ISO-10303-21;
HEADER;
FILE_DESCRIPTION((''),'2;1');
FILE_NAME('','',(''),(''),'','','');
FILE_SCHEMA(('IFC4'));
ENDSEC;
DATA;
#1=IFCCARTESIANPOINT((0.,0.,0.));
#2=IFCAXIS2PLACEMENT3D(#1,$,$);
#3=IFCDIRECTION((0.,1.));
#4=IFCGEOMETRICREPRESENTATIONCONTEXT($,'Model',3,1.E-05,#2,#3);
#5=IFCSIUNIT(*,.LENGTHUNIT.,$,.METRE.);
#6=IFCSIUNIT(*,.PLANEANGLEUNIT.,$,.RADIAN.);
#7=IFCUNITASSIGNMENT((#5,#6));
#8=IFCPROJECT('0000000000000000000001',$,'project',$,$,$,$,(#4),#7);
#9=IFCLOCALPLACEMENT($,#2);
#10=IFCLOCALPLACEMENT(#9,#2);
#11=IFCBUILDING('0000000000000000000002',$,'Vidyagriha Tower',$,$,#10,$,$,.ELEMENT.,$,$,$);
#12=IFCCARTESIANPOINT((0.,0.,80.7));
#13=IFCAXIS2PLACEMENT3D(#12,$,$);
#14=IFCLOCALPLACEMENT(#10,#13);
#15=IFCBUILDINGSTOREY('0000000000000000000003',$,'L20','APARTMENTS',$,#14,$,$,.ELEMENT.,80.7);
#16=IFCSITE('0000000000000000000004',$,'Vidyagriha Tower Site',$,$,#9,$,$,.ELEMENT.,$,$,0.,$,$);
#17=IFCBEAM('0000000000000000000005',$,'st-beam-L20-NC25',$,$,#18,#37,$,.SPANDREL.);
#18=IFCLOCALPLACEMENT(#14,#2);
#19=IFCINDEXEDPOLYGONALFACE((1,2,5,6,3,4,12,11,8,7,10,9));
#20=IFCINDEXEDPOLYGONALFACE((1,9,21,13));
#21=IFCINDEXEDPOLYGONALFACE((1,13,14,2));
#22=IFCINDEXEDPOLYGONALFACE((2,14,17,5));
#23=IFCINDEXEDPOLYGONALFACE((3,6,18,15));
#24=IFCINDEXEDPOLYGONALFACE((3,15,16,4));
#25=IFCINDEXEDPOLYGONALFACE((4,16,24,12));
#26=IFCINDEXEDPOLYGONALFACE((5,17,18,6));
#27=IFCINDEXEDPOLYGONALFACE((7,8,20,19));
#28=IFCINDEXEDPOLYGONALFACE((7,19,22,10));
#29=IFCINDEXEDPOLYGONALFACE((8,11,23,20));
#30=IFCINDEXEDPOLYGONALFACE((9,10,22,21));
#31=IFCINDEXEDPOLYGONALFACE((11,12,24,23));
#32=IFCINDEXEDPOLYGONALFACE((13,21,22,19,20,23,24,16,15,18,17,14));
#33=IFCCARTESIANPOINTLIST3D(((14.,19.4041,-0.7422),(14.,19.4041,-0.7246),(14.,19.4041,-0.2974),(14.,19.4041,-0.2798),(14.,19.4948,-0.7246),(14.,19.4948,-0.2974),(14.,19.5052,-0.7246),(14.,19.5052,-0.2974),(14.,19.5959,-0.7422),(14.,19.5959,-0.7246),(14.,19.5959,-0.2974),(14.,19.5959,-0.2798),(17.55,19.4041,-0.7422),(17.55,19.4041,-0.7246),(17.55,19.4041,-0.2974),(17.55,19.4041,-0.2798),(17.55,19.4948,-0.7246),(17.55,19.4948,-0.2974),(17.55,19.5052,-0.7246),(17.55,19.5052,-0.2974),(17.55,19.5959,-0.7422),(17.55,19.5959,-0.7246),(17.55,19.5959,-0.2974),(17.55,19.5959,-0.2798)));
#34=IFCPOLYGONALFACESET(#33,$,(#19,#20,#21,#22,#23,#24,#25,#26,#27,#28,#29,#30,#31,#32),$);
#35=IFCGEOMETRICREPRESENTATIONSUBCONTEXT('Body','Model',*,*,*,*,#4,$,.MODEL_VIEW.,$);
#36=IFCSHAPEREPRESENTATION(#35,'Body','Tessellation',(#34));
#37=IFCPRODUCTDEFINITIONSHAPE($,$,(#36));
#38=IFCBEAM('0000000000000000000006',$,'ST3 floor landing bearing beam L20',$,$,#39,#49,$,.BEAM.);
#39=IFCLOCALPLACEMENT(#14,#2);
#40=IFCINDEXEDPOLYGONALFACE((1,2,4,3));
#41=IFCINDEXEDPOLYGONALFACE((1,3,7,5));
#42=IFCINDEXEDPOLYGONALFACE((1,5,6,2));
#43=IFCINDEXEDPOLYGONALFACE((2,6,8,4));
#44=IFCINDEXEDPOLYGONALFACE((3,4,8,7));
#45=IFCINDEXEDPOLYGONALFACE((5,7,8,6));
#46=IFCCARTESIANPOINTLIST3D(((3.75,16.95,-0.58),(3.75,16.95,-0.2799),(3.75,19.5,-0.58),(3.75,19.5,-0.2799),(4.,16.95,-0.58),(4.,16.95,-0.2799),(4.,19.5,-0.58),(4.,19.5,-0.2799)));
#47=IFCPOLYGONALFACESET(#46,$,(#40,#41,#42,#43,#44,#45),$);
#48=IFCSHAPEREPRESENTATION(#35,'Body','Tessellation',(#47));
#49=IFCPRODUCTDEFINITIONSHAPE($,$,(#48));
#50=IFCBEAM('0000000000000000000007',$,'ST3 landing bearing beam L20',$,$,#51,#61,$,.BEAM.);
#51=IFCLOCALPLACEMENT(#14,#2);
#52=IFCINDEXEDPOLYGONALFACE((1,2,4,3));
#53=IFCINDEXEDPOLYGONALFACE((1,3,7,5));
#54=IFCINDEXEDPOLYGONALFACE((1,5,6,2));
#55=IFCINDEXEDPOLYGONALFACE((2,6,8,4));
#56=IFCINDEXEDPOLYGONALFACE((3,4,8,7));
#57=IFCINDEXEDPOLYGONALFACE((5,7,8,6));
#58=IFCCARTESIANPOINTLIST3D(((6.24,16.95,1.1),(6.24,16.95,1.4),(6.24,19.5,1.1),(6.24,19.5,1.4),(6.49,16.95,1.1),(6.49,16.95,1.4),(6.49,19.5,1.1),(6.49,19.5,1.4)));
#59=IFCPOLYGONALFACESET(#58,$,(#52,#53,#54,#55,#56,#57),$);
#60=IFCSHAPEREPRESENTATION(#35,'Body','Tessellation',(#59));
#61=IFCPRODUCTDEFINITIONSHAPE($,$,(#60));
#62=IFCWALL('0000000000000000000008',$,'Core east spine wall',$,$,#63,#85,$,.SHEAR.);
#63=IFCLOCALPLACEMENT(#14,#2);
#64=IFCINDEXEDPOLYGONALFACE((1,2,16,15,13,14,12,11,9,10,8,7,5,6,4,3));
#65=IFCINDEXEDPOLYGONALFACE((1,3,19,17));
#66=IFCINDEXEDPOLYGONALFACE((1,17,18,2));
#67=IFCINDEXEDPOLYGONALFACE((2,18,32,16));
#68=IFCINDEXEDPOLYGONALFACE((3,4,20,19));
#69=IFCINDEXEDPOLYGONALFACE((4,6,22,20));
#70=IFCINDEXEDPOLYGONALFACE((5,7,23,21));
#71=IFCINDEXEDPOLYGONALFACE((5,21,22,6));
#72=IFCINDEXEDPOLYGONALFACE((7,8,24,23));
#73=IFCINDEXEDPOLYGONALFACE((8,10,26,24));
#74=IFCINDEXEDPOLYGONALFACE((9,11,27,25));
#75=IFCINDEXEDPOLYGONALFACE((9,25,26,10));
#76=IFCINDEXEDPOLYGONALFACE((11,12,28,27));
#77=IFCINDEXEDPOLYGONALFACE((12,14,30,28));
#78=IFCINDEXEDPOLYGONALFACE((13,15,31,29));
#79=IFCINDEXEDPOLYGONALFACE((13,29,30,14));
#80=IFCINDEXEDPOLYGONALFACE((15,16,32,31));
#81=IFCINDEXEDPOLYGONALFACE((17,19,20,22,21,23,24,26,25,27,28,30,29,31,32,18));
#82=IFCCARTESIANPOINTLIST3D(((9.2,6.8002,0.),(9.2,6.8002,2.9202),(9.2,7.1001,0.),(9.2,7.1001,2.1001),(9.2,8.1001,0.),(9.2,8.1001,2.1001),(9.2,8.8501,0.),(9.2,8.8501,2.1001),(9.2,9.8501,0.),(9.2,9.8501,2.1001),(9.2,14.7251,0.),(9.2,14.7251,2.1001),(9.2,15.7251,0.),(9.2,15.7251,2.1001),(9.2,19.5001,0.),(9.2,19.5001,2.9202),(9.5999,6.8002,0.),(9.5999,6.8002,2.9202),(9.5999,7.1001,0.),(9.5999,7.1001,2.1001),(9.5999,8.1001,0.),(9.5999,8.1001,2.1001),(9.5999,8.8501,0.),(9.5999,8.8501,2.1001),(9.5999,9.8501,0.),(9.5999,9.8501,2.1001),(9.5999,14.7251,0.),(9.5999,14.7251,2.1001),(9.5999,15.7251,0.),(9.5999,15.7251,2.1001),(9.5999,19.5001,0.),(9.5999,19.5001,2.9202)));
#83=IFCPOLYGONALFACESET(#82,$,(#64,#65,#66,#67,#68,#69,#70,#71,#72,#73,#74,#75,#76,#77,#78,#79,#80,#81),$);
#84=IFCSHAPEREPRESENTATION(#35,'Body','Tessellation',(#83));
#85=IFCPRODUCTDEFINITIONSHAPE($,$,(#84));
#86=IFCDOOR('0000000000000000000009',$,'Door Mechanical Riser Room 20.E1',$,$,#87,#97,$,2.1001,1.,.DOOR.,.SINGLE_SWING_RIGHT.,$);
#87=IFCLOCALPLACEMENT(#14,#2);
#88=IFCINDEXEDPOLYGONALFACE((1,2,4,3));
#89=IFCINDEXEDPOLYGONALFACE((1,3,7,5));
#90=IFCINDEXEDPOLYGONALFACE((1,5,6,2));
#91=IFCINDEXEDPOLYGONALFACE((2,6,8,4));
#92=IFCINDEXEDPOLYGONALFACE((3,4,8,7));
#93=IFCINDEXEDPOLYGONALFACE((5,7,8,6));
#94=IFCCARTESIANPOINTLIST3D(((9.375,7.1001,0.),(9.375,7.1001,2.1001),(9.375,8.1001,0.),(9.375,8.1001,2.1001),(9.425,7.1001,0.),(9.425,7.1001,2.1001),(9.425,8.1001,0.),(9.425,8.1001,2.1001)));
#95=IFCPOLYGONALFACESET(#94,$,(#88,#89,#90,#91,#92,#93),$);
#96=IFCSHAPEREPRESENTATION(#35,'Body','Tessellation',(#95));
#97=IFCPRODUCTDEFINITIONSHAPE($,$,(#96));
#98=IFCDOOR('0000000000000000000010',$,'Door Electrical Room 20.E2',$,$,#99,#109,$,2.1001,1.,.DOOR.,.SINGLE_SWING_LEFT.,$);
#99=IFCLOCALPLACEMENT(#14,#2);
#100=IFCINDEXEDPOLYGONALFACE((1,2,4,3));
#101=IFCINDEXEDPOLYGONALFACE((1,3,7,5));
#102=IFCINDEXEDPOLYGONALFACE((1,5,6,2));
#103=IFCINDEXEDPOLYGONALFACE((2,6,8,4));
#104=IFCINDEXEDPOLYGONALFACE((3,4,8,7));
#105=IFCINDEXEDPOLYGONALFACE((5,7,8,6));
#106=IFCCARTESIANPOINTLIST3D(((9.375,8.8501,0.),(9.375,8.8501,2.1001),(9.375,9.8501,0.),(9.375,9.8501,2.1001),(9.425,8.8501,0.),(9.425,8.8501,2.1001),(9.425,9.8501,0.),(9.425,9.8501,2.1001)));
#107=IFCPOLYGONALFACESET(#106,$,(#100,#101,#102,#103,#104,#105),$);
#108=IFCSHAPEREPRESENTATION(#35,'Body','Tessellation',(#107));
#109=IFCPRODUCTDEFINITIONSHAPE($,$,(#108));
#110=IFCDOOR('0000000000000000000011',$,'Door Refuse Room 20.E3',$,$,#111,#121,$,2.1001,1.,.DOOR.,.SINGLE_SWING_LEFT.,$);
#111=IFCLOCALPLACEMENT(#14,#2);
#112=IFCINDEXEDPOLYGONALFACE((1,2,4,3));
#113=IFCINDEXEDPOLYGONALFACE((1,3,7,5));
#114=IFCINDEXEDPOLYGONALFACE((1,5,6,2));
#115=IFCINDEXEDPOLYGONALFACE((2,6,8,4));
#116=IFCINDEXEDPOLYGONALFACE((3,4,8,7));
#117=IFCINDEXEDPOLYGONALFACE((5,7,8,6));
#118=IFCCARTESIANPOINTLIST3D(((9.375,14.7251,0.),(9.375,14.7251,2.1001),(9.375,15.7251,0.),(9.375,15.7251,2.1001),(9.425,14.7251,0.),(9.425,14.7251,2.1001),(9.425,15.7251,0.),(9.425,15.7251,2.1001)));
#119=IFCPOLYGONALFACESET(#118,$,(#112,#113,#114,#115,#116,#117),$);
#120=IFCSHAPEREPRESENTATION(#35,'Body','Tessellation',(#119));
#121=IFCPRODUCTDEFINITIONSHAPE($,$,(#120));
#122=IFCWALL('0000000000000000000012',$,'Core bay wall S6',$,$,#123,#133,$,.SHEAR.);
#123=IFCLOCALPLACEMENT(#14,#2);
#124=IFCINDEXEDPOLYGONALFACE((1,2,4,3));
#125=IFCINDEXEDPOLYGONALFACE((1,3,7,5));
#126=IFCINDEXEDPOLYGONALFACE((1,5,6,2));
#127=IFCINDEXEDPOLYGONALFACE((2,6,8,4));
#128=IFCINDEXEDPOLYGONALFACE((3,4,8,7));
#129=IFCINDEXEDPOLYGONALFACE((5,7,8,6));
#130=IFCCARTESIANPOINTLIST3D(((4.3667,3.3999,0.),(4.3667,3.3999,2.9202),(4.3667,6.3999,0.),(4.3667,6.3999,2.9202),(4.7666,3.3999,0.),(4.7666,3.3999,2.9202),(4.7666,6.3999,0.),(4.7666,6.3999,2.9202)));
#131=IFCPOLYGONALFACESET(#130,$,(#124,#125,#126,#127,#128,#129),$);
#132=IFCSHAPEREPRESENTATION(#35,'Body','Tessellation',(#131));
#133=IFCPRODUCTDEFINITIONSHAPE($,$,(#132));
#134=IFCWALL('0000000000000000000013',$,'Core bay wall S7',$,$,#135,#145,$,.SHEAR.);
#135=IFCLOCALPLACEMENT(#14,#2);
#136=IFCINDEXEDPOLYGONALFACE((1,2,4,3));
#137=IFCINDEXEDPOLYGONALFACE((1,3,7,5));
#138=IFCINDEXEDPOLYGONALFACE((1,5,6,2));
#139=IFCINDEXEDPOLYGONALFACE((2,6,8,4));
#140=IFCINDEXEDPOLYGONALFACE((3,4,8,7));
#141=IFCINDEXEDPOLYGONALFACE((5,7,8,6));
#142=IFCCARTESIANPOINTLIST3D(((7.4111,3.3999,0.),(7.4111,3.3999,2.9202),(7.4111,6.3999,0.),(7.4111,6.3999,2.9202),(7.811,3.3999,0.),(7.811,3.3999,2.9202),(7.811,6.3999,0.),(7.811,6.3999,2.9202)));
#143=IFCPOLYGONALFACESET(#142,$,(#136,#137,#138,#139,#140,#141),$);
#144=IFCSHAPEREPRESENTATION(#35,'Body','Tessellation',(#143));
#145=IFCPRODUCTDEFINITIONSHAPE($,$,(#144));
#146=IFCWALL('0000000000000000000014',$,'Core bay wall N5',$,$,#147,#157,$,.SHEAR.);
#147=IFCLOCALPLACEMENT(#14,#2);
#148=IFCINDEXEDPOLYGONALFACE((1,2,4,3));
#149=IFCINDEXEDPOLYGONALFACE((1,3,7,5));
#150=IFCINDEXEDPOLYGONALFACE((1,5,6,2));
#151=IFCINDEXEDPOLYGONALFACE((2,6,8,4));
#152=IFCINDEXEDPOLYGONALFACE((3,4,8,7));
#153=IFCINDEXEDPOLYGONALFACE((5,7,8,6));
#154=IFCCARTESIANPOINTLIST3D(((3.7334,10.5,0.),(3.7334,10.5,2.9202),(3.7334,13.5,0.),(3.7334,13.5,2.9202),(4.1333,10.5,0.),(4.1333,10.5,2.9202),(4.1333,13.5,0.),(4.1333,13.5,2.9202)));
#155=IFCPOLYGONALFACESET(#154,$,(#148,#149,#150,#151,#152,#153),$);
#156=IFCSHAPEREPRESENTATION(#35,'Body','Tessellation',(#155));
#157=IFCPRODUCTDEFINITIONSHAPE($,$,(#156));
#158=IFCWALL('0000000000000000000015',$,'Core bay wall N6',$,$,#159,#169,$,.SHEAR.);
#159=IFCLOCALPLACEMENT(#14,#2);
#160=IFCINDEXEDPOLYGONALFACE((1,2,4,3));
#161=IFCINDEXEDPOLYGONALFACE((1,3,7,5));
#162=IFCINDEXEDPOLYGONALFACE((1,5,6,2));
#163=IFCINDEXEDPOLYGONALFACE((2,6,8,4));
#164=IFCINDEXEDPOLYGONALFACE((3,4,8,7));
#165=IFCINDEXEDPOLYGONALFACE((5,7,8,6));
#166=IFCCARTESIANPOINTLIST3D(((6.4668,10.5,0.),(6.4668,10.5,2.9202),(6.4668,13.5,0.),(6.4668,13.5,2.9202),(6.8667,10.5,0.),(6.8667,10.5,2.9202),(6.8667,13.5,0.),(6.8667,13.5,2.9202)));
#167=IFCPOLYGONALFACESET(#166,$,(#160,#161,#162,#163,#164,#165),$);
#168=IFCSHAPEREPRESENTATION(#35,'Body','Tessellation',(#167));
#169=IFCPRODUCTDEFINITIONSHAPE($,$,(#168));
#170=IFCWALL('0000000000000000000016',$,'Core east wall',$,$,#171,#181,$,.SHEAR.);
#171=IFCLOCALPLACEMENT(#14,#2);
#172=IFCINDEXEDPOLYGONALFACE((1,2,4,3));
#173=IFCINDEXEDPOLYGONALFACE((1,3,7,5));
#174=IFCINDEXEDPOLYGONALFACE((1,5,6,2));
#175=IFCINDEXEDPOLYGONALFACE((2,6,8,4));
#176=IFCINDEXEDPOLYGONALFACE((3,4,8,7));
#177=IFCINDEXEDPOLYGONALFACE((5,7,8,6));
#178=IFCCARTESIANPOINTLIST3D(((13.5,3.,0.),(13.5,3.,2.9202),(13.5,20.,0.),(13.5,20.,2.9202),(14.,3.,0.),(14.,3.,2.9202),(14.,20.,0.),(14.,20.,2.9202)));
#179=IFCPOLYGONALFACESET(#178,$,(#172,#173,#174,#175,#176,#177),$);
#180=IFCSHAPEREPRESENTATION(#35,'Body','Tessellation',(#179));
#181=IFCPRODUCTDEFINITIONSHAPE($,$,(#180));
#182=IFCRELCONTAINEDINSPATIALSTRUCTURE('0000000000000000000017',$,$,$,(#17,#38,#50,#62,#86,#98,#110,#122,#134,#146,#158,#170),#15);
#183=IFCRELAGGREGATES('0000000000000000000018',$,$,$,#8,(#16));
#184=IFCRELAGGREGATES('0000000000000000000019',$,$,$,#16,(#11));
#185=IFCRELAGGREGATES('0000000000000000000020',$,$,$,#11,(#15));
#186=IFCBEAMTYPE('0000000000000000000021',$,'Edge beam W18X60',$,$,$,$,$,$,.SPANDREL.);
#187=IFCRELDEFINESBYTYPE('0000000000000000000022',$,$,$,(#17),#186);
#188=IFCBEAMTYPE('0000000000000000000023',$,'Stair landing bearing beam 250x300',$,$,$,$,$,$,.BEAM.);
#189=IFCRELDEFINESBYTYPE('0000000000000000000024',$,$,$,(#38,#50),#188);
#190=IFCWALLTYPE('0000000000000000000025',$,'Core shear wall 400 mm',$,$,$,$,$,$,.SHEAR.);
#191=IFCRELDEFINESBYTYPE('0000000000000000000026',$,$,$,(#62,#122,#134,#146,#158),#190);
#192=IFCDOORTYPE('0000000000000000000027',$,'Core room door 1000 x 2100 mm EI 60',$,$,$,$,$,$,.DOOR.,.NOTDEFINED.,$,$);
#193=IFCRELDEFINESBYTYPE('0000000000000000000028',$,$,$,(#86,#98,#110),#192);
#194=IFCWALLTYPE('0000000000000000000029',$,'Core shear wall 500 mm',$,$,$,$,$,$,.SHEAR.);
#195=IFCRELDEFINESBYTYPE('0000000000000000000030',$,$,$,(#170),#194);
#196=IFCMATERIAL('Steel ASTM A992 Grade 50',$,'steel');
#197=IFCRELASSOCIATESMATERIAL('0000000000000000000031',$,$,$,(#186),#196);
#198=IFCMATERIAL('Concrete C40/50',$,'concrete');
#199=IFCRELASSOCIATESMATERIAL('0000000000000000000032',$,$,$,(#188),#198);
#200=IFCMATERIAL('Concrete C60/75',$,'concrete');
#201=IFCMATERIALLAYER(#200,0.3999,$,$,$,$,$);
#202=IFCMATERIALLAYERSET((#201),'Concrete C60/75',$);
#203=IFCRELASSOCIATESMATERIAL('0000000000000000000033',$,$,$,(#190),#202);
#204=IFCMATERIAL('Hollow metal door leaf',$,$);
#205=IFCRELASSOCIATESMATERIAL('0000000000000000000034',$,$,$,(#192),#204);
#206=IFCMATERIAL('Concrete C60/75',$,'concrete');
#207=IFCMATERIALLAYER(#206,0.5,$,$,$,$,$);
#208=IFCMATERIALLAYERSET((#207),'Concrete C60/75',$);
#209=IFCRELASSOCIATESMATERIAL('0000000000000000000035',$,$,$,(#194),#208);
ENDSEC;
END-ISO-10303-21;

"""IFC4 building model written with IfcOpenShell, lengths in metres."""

from ifc_helpers import new_model, si_unit, direction, frame, frame_2d, origin, origin_2d, place, context, subcontext, project, spatial, rectangle, i_section, extrude, material, layer, layer_set, material_profile, profile_set, type_object, element, fill, save


model = new_model("IFC4")

# Units and contexts
model_context = context("Model", 3, precision=1e-05, world=origin(), true_north=direction((0.0, 1.0)))
body_context = subcontext(model_context, "Body", "Model", "MODEL_VIEW")
ifc_project = project(units=[si_unit("LENGTHUNIT", "METRE"), si_unit("PLANEANGLEUNIT", "RADIAN")], contexts=[model_context])

# Site, building, storey
site_placement = place(None, origin())
site = spatial("IfcSite", under=ifc_project, at=site_placement, Name="Vidyagriha Tower Site", CompositionType="ELEMENT", RefElevation=0.0)
building_placement = place(site_placement, origin())
building = spatial("IfcBuilding", under=site, at=building_placement, Name="Vidyagriha Tower", CompositionType="ELEMENT")
storey_placement = place(building_placement, frame((0.0, 0.0, 80.7)))
storey = spatial("IfcBuildingStorey", under=building, at=storey_placement, Name="L20", Description="APARTMENTS", CompositionType="ELEMENT", Elevation=80.7)

# Beams
ifc_material_1 = material(Name="Steel ASTM A992 Grade 50", Category="steel")
ifc_material_profile_1 = material_profile(ifc_material_1, i_section(OverallWidth=0.1919, OverallDepth=0.4624, WebThickness=0.0105, FlangeThickness=0.0176, at=origin_2d()), Name="W18X60")
ifc_profile_set_1 = profile_set([ifc_material_profile_1], Name="Steel ASTM A992 Grade 50")
beam_type_1 = type_object("IfcBeamType", Name="Edge beam W18X60", PredefinedType="SPANDREL", material=ifc_profile_set_1)
beam_placement = place(storey_placement, frame((14.0, 19.5, -0.511), z_axis=(1.0, 0.0, 0.0), x_axis=(0.0, 1.0, 0.0)))
element("IfcBeam", 1, at=beam_placement, inside=storey, type_object=beam_type_1, Name="st-beam-L20-NC25", PredefinedType="SPANDREL", context=body_context, shape_type="SweptSolid", body=[
    extrude(i_section(OverallWidth=0.1919, OverallDepth=0.4624, WebThickness=0.0105, FlangeThickness=0.0176, at=origin_2d()), origin(), (0.0, 0.0, 1.0), 3.55),
])
ifc_material_2 = material(Name="Concrete C40/50", Category="concrete")
ifc_material_profile_2 = material_profile(ifc_material_2, rectangle(XDim=0.25, YDim=0.3, at=origin_2d()), Name="Stair landing bearing beam 250x300")
ifc_profile_set_2 = profile_set([ifc_material_profile_2], Name="Concrete C40/50")
beam_type_2 = type_object("IfcBeamType", Name="Stair landing bearing beam 250x300", PredefinedType="BEAM", material=ifc_profile_set_2)
for number, where, z_axis, x_axis, name in (
    (2, (3.875, 16.95, -0.4299), (0.0, 1.0, 0.0), (-1.0, 0.0, 0.0), "ST3 floor landing bearing beam L20"),
    (3, (6.365, 16.95, 1.25), (0.0, 1.0, 0.0), (-1.0, 0.0, 0.0), "ST3 landing bearing beam L20"),
):
    element("IfcBeam", number, at=place(storey_placement, frame(where, z_axis=z_axis, x_axis=x_axis)), inside=storey, type_object=beam_type_2, Name=name, PredefinedType="BEAM", context=body_context, shape_type="SweptSolid", body=[
        extrude(rectangle(XDim=0.25, YDim=0.3, at=origin_2d()), origin(), (0.0, 0.0, 1.0), 2.55),
    ])

# Wall, openings, doors
ifc_material_3 = material(Name="Concrete C60/75", Category="concrete")
ifc_layer_1 = layer(ifc_material_3, 0.3999)
ifc_layer_set_1 = layer_set([ifc_layer_1], Name="Concrete C60/75")
wall_type_1 = type_object("IfcWallType", Name="Core shear wall 400 mm", PredefinedType="SHEAR", material=ifc_layer_set_1)
wall_1_placement = place(storey_placement, frame((9.3999, 6.8, 0.0), z_axis=(0.0, 0.0, 1.0), x_axis=(0.0, 1.0, 0.0)))
wall_1 = element("IfcWall", 4, at=wall_1_placement, inside=storey, type_object=wall_type_1, Name="Core east spine wall", PredefinedType="SHEAR", context=body_context, shape_type="SweptSolid", body=[
    extrude(rectangle(XDim=12.7, YDim=0.3999, at=frame_2d((6.3501, 0.0))), origin(), (0.0, 0.0, 1.0), 2.9202),
])
opening_1_placement = place(wall_1_placement, frame((0.3, 0.0, 0.0)))
opening_1 = element("IfcOpeningElement", 5, at=opening_1_placement, cuts=wall_1, PredefinedType="OPENING", context=body_context, shape_type="SweptSolid", body=[
    extrude(rectangle(XDim=1.0, YDim=2.1001, at=frame_2d((0.5, 1.05))), frame((0.0, 0.21, 0.0), z_axis=(0.0, -1.0, 0.0), x_axis=(1.0, 0.0, 0.0)), (0.0, 0.0, 1.0), 0.4199),
])
opening_2_placement = place(wall_1_placement, frame((2.05, 0.0, 0.0)))
opening_2 = element("IfcOpeningElement", 6, at=opening_2_placement, cuts=wall_1, PredefinedType="OPENING", context=body_context, shape_type="SweptSolid", body=[
    extrude(rectangle(XDim=1.0, YDim=2.1001, at=frame_2d((0.5, 1.05))), frame((0.0, 0.21, 0.0), z_axis=(0.0, -1.0, 0.0), x_axis=(1.0, 0.0, 0.0)), (0.0, 0.0, 1.0), 0.4199),
])
opening_3_placement = place(wall_1_placement, frame((7.925, 0.0, 0.0)))
opening_3 = element("IfcOpeningElement", 7, at=opening_3_placement, cuts=wall_1, PredefinedType="OPENING", context=body_context, shape_type="SweptSolid", body=[
    extrude(rectangle(XDim=1.0, YDim=2.1001, at=frame_2d((0.5, 1.05))), frame((0.0, 0.21, 0.0), z_axis=(0.0, -1.0, 0.0), x_axis=(1.0, 0.0, 0.0)), (0.0, 0.0, 1.0), 0.4199),
])
ifc_material_4 = material(Name="Hollow metal door leaf")
door_type_1 = type_object("IfcDoorType", Name="Core room door 1000 x 2100 mm EI 60", OperationType="NOTDEFINED", PredefinedType="DOOR", material=ifc_material_4)
door_1_placement = place(opening_1_placement, origin())
door_1 = element("IfcDoor", 8, at=door_1_placement, inside=storey, type_object=door_type_1, Name="Door Mechanical Riser Room 20.E1", OperationType="SINGLE_SWING_RIGHT", OverallHeight=2.1001, OverallWidth=1.0, PredefinedType="DOOR", context=body_context, shape_type="SweptSolid", body=[
    extrude(rectangle(XDim=1.0, YDim=2.1001, at=frame_2d((0.5, 1.05))), frame((0.0, 0.0249, 0.0), z_axis=(0.0, -1.0, 0.0), x_axis=(1.0, 0.0, 0.0)), (0.0, 0.0, 1.0), 0.05),
])
fill(opening_1, door_1)
door_2_placement = place(opening_2_placement, origin())
door_2 = element("IfcDoor", 9, at=door_2_placement, inside=storey, type_object=door_type_1, Name="Door Electrical Room 20.E2", OperationType="SINGLE_SWING_LEFT", OverallHeight=2.1001, OverallWidth=1.0, PredefinedType="DOOR", context=body_context, shape_type="SweptSolid", body=[
    extrude(rectangle(XDim=1.0, YDim=2.1001, at=frame_2d((0.5, 1.05))), frame((0.0, 0.0249, 0.0), z_axis=(0.0, -1.0, 0.0), x_axis=(1.0, 0.0, 0.0)), (0.0, 0.0, 1.0), 0.05),
])
fill(opening_2, door_2)
door_3_placement = place(opening_3_placement, origin())
door_3 = element("IfcDoor", 10, at=door_3_placement, inside=storey, type_object=door_type_1, Name="Door Refuse Room 20.E3", OperationType="SINGLE_SWING_LEFT", OverallHeight=2.1001, OverallWidth=1.0, PredefinedType="DOOR", context=body_context, shape_type="SweptSolid", body=[
    extrude(rectangle(XDim=1.0, YDim=2.1001, at=frame_2d((0.5, 1.05))), frame((0.0, 0.0249, 0.0), z_axis=(0.0, -1.0, 0.0), x_axis=(1.0, 0.0, 0.0)), (0.0, 0.0, 1.0), 0.05),
])
fill(opening_3, door_3)

# Walls
for number, where, z_axis, x_axis, name in (
    (11, (4.5667, 3.3999, 0.0), (0.0, 0.0, 1.0), (0.0, 1.0, 0.0), "Core bay wall S6"),
    (12, (7.6111, 3.3999, 0.0), (0.0, 0.0, 1.0), (0.0, 1.0, 0.0), "Core bay wall S7"),
    (13, (3.9333, 10.5, 0.0), (0.0, 0.0, 1.0), (0.0, 1.0, 0.0), "Core bay wall N5"),
    (14, (6.6667, 10.5, 0.0), (0.0, 0.0, 1.0), (0.0, 1.0, 0.0), "Core bay wall N6"),
):
    element("IfcWall", number, at=place(storey_placement, frame(where, z_axis=z_axis, x_axis=x_axis)), inside=storey, type_object=wall_type_1, Name=name, PredefinedType="SHEAR", context=body_context, shape_type="SweptSolid", body=[
        extrude(rectangle(XDim=3.0, YDim=0.3999, at=frame_2d((1.5, 0.0))), origin(), (0.0, 0.0, 1.0), 2.9202),
    ])
ifc_material_5 = material(Name="Concrete C60/75", Category="concrete")
ifc_layer_2 = layer(ifc_material_5, 0.5)
ifc_layer_set_2 = layer_set([ifc_layer_2], Name="Concrete C60/75")
wall_type_2 = type_object("IfcWallType", Name="Core shear wall 500 mm", PredefinedType="SHEAR", material=ifc_layer_set_2)
wall_2_placement = place(storey_placement, frame((13.75, 3.0, 0.0), z_axis=(0.0, 0.0, 1.0), x_axis=(0.0, 1.0, 0.0)))
element("IfcWall", 15, at=wall_2_placement, inside=storey, type_object=wall_type_2, Name="Core east wall", PredefinedType="SHEAR", context=body_context, shape_type="SweptSolid", body=[
    extrude(rectangle(XDim=17.0, YDim=0.5, at=frame_2d((8.5, 0.0))), origin(), (0.0, 0.0, 1.0), 2.9202),
])

save(model, "model.ifc")
